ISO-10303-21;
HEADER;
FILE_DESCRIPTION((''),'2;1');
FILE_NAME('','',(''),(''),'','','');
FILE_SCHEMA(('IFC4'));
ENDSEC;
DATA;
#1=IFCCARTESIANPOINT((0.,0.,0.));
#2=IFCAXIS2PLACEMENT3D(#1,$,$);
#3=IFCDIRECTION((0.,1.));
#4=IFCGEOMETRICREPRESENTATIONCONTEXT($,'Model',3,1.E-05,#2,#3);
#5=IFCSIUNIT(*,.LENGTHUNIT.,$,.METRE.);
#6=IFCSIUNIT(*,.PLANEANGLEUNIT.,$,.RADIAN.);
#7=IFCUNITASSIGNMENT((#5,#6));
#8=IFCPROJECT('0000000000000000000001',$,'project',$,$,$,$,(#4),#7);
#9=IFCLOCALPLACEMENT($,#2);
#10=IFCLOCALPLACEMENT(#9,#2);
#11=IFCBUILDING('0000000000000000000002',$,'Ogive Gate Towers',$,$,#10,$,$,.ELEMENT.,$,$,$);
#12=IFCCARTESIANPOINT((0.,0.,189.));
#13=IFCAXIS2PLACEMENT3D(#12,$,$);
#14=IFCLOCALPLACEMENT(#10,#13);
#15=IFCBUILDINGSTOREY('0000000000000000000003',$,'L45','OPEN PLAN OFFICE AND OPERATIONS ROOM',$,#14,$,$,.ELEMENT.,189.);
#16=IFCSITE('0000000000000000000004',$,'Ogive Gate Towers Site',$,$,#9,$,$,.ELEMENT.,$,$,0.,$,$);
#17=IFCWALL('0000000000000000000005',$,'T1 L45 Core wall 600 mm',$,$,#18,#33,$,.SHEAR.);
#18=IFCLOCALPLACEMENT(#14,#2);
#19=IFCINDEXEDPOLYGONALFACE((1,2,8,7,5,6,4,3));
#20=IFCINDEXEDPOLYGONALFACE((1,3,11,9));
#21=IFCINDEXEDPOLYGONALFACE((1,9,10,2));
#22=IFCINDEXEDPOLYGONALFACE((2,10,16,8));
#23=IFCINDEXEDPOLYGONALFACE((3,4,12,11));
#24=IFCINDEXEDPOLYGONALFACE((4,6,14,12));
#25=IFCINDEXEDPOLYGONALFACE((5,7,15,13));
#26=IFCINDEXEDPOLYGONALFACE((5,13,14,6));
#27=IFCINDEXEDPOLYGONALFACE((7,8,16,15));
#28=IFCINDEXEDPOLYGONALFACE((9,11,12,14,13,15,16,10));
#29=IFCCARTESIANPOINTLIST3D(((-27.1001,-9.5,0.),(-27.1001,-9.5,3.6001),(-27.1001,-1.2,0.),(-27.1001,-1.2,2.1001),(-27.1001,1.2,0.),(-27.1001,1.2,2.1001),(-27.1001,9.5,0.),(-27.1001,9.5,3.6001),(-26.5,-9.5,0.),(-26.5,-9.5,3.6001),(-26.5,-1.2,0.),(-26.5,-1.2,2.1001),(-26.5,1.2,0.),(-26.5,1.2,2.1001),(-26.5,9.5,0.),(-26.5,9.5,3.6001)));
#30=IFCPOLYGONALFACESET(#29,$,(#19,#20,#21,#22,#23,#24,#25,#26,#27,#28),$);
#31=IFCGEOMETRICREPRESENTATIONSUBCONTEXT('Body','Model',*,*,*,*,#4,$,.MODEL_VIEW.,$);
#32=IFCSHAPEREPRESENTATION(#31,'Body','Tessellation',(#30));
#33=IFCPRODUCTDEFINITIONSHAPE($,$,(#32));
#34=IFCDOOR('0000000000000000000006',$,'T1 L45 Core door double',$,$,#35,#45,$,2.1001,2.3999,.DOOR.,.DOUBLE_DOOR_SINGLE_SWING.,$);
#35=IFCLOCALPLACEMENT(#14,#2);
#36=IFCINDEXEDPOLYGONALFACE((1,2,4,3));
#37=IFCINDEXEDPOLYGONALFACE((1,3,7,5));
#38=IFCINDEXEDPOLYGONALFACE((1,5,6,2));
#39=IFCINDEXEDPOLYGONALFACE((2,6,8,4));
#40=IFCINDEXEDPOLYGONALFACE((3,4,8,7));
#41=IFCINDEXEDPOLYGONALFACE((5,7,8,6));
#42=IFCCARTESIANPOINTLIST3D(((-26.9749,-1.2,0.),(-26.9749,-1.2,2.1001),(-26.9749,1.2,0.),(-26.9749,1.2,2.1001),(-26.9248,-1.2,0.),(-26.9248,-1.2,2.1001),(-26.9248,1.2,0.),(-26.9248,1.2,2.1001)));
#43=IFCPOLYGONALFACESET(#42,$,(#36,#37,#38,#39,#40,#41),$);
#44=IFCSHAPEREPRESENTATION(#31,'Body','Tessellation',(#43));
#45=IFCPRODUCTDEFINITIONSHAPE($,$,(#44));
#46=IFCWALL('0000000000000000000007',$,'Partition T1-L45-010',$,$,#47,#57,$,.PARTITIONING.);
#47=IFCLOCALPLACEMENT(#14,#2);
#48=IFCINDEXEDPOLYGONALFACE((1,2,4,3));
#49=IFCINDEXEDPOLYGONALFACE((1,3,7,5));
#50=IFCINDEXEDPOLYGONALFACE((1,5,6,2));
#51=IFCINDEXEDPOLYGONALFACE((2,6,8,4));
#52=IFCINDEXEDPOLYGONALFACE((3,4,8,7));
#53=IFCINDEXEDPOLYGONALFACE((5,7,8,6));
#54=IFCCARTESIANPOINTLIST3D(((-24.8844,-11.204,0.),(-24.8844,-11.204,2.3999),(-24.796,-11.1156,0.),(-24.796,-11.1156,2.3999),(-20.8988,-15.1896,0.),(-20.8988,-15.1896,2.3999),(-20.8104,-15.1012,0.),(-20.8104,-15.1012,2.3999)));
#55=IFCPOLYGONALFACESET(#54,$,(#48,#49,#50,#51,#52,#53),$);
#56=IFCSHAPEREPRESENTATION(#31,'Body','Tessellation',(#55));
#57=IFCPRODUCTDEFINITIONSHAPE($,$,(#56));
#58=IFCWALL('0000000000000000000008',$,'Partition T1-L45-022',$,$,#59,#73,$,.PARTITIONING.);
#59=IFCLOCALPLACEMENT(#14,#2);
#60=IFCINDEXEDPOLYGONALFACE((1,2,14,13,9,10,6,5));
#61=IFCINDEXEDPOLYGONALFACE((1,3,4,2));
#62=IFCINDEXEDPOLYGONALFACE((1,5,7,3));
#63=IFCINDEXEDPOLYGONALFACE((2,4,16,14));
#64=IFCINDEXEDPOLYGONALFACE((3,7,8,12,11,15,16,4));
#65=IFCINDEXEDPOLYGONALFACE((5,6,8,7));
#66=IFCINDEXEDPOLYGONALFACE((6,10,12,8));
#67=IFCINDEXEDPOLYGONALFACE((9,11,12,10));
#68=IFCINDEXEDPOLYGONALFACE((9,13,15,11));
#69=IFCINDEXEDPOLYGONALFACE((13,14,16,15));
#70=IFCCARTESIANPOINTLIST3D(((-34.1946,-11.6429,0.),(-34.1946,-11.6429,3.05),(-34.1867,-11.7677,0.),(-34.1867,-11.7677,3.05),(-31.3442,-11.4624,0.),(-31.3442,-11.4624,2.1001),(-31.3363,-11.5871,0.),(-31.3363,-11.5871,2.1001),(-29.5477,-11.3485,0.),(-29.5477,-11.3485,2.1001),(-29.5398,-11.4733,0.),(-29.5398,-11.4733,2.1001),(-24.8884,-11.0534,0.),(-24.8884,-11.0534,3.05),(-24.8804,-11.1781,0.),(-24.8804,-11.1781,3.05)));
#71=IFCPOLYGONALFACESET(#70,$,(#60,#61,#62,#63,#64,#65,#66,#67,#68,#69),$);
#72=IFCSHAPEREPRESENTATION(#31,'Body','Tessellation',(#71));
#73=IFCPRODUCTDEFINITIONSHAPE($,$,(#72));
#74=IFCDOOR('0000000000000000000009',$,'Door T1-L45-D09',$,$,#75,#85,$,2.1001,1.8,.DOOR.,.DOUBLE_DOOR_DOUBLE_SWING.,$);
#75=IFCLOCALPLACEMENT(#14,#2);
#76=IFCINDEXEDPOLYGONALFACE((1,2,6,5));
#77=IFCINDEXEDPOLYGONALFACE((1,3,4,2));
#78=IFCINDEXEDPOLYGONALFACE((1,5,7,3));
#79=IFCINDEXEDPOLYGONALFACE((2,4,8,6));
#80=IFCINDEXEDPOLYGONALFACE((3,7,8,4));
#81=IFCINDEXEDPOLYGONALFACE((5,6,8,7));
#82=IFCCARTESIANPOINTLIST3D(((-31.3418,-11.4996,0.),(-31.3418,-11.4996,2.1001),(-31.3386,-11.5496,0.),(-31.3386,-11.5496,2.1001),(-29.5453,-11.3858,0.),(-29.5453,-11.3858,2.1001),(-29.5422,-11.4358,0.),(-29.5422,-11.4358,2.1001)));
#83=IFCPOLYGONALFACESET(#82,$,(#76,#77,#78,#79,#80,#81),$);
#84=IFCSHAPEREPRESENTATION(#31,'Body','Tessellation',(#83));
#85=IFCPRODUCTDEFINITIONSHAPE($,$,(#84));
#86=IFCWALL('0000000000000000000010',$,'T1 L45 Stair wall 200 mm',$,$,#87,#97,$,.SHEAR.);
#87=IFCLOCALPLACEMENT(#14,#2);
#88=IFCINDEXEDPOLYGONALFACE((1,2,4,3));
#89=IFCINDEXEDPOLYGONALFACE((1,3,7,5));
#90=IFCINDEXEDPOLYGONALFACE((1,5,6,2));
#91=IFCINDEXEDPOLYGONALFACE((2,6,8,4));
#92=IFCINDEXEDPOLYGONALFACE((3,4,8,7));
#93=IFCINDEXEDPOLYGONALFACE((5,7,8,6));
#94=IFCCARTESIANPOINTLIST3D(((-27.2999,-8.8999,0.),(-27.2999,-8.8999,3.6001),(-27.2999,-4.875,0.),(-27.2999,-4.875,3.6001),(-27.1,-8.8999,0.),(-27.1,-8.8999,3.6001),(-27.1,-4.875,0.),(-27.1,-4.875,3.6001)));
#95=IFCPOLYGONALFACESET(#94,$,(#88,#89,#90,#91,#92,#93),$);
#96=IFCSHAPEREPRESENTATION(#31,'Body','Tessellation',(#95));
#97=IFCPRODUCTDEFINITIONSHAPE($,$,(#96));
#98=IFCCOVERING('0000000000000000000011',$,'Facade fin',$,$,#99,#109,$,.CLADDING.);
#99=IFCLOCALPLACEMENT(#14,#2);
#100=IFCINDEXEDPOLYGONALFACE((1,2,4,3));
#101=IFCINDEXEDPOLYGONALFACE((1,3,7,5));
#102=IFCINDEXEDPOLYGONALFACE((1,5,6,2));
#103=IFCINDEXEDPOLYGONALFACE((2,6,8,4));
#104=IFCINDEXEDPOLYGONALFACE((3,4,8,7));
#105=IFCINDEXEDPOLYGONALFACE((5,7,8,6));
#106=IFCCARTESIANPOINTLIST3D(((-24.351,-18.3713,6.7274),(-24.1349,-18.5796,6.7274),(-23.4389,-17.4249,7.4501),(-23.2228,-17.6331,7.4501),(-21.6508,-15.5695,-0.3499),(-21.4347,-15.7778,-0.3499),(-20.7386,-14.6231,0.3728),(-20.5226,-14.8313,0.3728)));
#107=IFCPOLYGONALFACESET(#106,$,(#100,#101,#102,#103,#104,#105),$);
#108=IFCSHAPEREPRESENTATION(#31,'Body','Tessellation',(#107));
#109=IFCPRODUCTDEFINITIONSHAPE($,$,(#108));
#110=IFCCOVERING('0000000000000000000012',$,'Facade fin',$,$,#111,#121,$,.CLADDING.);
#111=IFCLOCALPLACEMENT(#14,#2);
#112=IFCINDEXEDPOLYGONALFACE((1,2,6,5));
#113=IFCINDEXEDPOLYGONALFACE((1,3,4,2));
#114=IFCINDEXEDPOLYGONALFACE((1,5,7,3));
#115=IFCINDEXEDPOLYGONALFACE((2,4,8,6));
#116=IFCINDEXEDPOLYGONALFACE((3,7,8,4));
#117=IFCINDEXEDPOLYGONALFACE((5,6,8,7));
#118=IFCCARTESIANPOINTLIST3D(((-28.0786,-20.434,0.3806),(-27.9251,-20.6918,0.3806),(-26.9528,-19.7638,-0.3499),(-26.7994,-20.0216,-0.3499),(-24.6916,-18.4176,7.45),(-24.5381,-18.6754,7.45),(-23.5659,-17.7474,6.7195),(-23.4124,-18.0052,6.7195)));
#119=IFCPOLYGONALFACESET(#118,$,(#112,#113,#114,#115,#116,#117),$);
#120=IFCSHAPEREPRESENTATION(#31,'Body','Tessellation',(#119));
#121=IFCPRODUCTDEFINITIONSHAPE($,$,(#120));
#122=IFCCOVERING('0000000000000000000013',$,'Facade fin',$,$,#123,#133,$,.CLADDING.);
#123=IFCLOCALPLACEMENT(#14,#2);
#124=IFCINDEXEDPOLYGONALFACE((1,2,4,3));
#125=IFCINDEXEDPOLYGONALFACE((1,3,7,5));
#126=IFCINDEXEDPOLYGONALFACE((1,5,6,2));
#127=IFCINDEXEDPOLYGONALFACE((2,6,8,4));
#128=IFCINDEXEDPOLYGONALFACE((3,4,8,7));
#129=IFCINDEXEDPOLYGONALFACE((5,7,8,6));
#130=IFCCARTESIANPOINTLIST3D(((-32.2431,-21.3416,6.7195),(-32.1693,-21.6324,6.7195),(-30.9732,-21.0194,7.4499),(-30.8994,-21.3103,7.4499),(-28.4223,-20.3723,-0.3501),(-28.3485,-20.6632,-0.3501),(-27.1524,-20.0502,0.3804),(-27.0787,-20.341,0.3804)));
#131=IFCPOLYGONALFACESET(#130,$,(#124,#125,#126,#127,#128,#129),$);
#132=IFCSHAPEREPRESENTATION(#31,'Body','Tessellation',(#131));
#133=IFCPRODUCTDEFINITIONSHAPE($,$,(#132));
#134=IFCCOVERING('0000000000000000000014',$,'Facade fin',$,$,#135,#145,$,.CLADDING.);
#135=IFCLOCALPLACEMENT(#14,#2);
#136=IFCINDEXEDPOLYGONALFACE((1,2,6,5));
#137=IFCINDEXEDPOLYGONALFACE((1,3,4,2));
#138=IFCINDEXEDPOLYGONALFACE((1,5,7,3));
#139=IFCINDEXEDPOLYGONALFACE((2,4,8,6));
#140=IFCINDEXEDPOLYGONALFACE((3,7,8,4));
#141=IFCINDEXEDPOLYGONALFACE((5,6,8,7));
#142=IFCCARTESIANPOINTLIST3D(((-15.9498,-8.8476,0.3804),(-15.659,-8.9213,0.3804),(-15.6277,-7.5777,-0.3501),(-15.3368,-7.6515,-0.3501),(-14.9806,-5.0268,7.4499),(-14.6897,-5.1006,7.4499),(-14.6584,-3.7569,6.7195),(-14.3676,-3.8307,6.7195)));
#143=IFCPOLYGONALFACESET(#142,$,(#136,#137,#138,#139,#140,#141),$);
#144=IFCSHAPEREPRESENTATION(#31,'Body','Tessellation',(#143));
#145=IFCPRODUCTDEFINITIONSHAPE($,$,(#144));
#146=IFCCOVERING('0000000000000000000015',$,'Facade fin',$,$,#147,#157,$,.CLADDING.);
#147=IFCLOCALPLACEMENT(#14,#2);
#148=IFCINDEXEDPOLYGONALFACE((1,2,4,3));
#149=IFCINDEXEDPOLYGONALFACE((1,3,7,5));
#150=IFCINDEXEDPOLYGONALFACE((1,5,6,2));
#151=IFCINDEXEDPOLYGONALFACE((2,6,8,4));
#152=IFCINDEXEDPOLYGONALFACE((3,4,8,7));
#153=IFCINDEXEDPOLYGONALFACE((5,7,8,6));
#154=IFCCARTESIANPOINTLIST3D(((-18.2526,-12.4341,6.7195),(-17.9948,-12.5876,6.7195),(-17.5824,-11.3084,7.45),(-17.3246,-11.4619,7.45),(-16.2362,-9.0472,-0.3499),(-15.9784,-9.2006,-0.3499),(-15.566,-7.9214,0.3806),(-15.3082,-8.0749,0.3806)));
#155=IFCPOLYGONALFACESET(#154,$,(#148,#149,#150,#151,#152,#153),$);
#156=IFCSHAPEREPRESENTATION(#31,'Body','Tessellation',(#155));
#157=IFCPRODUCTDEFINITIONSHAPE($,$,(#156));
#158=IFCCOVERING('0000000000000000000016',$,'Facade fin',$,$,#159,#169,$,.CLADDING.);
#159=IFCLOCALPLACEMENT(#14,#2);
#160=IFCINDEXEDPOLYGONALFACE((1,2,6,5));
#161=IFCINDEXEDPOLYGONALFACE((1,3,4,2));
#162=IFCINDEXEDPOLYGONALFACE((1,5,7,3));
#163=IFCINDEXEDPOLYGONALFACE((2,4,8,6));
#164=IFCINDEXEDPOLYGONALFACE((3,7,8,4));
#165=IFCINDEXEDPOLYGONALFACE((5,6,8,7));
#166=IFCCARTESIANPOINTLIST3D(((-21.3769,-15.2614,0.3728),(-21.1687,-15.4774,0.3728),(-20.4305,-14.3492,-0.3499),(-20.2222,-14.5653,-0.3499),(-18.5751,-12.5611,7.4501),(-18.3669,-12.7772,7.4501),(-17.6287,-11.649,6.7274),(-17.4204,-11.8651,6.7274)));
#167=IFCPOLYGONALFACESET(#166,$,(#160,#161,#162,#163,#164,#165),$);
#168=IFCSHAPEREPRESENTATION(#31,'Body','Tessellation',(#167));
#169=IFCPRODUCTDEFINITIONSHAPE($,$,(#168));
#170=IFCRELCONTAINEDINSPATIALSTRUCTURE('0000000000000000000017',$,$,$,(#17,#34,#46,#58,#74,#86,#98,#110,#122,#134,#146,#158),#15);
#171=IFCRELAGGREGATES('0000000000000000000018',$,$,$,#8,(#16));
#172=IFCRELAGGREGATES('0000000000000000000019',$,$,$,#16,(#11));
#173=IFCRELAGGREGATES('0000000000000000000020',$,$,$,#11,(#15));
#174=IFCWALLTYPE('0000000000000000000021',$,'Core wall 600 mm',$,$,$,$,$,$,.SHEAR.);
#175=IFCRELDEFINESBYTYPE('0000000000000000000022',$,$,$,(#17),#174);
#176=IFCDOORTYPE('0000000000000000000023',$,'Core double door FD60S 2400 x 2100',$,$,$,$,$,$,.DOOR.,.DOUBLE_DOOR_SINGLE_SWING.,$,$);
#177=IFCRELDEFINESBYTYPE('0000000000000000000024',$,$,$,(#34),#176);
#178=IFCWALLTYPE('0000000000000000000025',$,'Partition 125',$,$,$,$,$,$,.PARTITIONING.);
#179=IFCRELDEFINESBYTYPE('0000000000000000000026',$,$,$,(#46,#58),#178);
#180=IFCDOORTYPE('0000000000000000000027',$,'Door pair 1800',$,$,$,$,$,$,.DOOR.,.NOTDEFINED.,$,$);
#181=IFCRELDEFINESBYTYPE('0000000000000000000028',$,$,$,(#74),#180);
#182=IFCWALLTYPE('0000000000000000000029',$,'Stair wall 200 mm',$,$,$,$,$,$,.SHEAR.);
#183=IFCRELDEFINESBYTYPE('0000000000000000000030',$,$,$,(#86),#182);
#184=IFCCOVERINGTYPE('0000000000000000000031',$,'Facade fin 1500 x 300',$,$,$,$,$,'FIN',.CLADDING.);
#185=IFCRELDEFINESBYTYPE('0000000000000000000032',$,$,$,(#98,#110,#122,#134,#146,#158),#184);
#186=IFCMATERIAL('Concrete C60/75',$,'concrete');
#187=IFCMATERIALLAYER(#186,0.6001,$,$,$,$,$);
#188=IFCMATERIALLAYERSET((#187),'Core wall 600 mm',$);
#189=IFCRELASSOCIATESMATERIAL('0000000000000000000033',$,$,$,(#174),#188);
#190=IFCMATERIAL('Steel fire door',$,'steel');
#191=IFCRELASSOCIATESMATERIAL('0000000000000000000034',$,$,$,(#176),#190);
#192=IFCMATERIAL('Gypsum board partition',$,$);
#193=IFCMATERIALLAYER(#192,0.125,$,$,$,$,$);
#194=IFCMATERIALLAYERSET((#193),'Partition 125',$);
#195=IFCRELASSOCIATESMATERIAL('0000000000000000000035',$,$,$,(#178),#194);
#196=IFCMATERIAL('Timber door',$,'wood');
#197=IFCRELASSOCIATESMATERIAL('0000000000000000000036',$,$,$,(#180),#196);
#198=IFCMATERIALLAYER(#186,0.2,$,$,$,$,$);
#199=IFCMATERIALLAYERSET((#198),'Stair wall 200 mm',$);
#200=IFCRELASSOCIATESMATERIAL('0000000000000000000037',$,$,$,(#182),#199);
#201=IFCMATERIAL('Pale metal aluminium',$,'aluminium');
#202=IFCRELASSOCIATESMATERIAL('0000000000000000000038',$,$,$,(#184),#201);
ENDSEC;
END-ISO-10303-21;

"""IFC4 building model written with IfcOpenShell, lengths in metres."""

from ifc_helpers import new_model, si_unit, direction, frame, frame_2d, origin, origin_2d, place, context, subcontext, project, spatial, rectangle, extrude, material, layer, layer_set, material_profile, profile_set, type_object, element, fill, save


model = new_model("IFC4")

# Units and contexts
model_context = context("Model", 3, precision=1e-05, world=origin(), true_north=direction((0.0, 1.0)))
body_context = subcontext(model_context, "Body", "Model", "MODEL_VIEW")
ifc_project = project(units=[si_unit("LENGTHUNIT", "METRE"), si_unit("PLANEANGLEUNIT", "RADIAN")], contexts=[model_context])

# Site, building, storey
site_placement = place(None, origin())
site = spatial("IfcSite", under=ifc_project, at=site_placement, Name="Ogive Gate Towers Site", CompositionType="ELEMENT", RefElevation=0.0)
building_placement = place(site_placement, origin())
building = spatial("IfcBuilding", under=site, at=building_placement, Name="Ogive Gate Towers", CompositionType="ELEMENT")
storey_placement = place(building_placement, frame((0.0, 0.0, 189.0)))
storey = spatial("IfcBuildingStorey", under=building, at=storey_placement, Name="L45", Description="OPEN PLAN OFFICE AND OPERATIONS ROOM", CompositionType="ELEMENT", Elevation=189.0)

# Shared definitions
ifc_material_1 = material(Name="Pale metal aluminium", Category="aluminium")

# Wall, opening, door
ifc_material_2 = material(Name="Concrete C60/75", Category="concrete")
ifc_layer_1 = layer(ifc_material_2, 0.6001)
ifc_layer_set_1 = layer_set([ifc_layer_1], Name="Core wall 600 mm")
wall_type_1 = type_object("IfcWallType", Name="Core wall 600 mm", PredefinedType="SHEAR", material=ifc_layer_set_1)
wall_1_placement = place(storey_placement, frame((-26.8, -9.5, 0.0), z_axis=(0.0, 0.0, 1.0), x_axis=(0.0, 1.0, 0.0)))
wall_1 = element("IfcWall", 1, at=wall_1_placement, inside=storey, type_object=wall_type_1, Name="T1 L45 Core wall 600 mm", PredefinedType="SHEAR", context=body_context, shape_type="SweptSolid", body=[
    extrude(rectangle(XDim=19.0, YDim=0.6001, at=frame_2d((9.5, 0.0))), origin(), (0.0, 0.0, 1.0), 3.6001),
])
opening_1_placement = place(wall_1_placement, frame((8.3, 0.0, 0.0)))
opening_1 = element("IfcOpeningElement", 2, at=opening_1_placement, cuts=wall_1, PredefinedType="OPENING", context=body_context, shape_type="SweptSolid", body=[
    extrude(rectangle(XDim=2.3999, YDim=2.1001, at=frame_2d((1.2, 1.05))), frame((0.0, 0.3101, 0.0), z_axis=(0.0, -1.0, 0.0), x_axis=(1.0, 0.0, 0.0)), (0.0, 0.0, 1.0), 0.6201),
])
ifc_material_3 = material(Name="Steel fire door", Category="steel")
door_type_1 = type_object("IfcDoorType", Name="Core double door FD60S 2400 x 2100", OperationType="DOUBLE_DOOR_SINGLE_SWING", PredefinedType="DOOR", material=ifc_material_3)
door_1_placement = place(opening_1_placement, origin())
door_1 = element("IfcDoor", 3, at=door_1_placement, inside=storey, type_object=door_type_1, Name="T1 L45 Core door double", OperationType="DOUBLE_DOOR_SINGLE_SWING", OverallHeight=2.1001, OverallWidth=2.3999, PredefinedType="DOOR", context=body_context, shape_type="SweptSolid", body=[
    extrude(rectangle(XDim=2.3999, YDim=2.1001, at=frame_2d((1.2, 1.05))), frame((0.0, 0.1748, 0.0), z_axis=(0.0, -1.0, 0.0), x_axis=(1.0, 0.0, 0.0)), (0.0, 0.0, 1.0), 0.05),
])
fill(opening_1, door_1)

# Wall
ifc_material_4 = material(Name="Gypsum board partition")
ifc_layer_2 = layer(ifc_material_4, 0.125)
ifc_layer_set_2 = layer_set([ifc_layer_2], Name="Partition 125")
wall_type_2 = type_object("IfcWallType", Name="Partition 125", PredefinedType="PARTITIONING", material=ifc_layer_set_2)
wall_2_placement = place(storey_placement, frame((-20.8545, -15.1455, 0.0), z_axis=(0.0, 0.0, 1.0), x_axis=(-0.707107, 0.707107, 0.0)))
element("IfcWall", 4, at=wall_2_placement, inside=storey, type_object=wall_type_2, Name="Partition T1-L45-010", PredefinedType="PARTITIONING", context=body_context, shape_type="SweptSolid", body=[
    extrude(rectangle(XDim=5.6365, YDim=0.125, at=frame_2d((2.8184, 0.0))), origin(), (0.0, 0.0, 1.0), 2.3999),
])

# Wall, opening, door
wall_3_placement = place(storey_placement, frame((-24.8843, -11.1157, 0.0), z_axis=(0.0, 0.0, 1.0), x_axis=(-0.997999, -0.063227, 0.0)))
wall_3 = element("IfcWall", 5, at=wall_3_placement, inside=storey, type_object=wall_type_2, Name="Partition T1-L45-022", PredefinedType="PARTITIONING", context=body_context, shape_type="SweptSolid", body=[
    extrude(rectangle(XDim=9.325, YDim=0.125, at=frame_2d((4.6626, 0.0))), origin(), (0.0, 0.0, 1.0), 3.05),
])
opening_2_placement = place(wall_3_placement, frame((4.6689, 0.0, 0.0)))
opening_2 = element("IfcOpeningElement", 6, at=opening_2_placement, cuts=wall_3, PredefinedType="OPENING", context=body_context, shape_type="SweptSolid", body=[
    extrude(rectangle(XDim=1.8, YDim=2.1001, at=frame_2d((0.8999, 1.05))), frame((0.0, 0.0725, 0.0), z_axis=(0.0, -1.0, 0.0), x_axis=(1.0, 0.0, 0.0)), (0.0, 0.0, 1.0), 0.145),
])
ifc_material_5 = material(Name="Timber door", Category="wood")
door_type_2 = type_object("IfcDoorType", Name="Door pair 1800", OperationType="NOTDEFINED", PredefinedType="DOOR", material=ifc_material_5)
door_2_placement = place(opening_2_placement, origin())
door_2 = element("IfcDoor", 7, at=door_2_placement, inside=storey, type_object=door_type_2, Name="Door T1-L45-D09", OperationType="DOUBLE_DOOR_DOUBLE_SWING", OverallHeight=2.1001, OverallWidth=1.8, PredefinedType="DOOR", context=body_context, shape_type="SweptSolid", body=[
    extrude(rectangle(XDim=1.8, YDim=2.1001, at=frame_2d((0.8999, 1.05))), frame((0.0, 0.0249, 0.0), z_axis=(0.0, -1.0, 0.0), x_axis=(1.0, 0.0, 0.0)), (0.0, 0.0, 1.0), 0.05),
])
fill(opening_2, door_2)

# Wall
ifc_layer_3 = layer(ifc_material_2, 0.2)
ifc_layer_set_3 = layer_set([ifc_layer_3], Name="Stair wall 200 mm")
wall_type_3 = type_object("IfcWallType", Name="Stair wall 200 mm", PredefinedType="SHEAR", material=ifc_layer_set_3)
wall_4_placement = place(storey_placement, frame((-27.2, -8.8999, 0.0), z_axis=(0.0, 0.0, 1.0), x_axis=(0.0, 1.0, 0.0)))
element("IfcWall", 8, at=wall_4_placement, inside=storey, type_object=wall_type_3, Name="T1 L45 Stair wall 200 mm", PredefinedType="SHEAR", context=body_context, shape_type="SweptSolid", body=[
    extrude(rectangle(XDim=4.0249, YDim=0.2, at=frame_2d((2.0125, 0.0))), origin(), (0.0, 0.0, 1.0), 3.6001),
])

# Coverings
ifc_material_profile_1 = material_profile(ifc_material_1, rectangle(XDim=0.3, YDim=1.5, at=origin_2d()), Name="1500 x 300 pale metal aluminium")
ifc_profile_set_1 = profile_set([ifc_material_profile_1], Name="Pale metal aluminium")
covering_type = type_object("IfcCoveringType", Name="Facade fin 1500 x 300", ElementType="FIN", PredefinedType="CLADDING", material=ifc_profile_set_1)
covering_1_placement = place(storey_placement, frame((-21.0867, -15.2004, 0.0115), z_axis=(-0.334335, -0.34691, 0.876284), x_axis=(0.720037, -0.693936, 0.0)))
element("IfcCovering", 9, at=covering_1_placement, inside=storey, type_object=covering_type, Name="Facade fin", PredefinedType="CLADDING", context=body_context, shape_type="SweptSolid", body=[
    extrude(rectangle(XDim=0.3, YDim=1.5, at=origin_2d()), origin(), (0.0, 0.0, 1.0), 8.0764),
])
covering_2_placement = place(storey_placement, frame((-27.439, -20.2278, 0.0154), z_axis=(0.418454, 0.249118, 0.873405), x_axis=(-0.511542, 0.859259, 0.0)))
element("IfcCovering", 10, at=covering_2_placement, inside=storey, type_object=covering_type, Name="Facade fin", PredefinedType="CLADDING", context=body_context, shape_type="SweptSolid", body=[
    extrude(rectangle(XDim=0.3, YDim=1.5, at=origin_2d()), origin(), (0.0, 0.0, 1.0), 8.094),
])
for number, where, z_axis, x_axis, name in (
    (11, (-27.7505, -20.3567, 0.0151), (-0.472039, -0.119744, 0.873408), (0.245886, -0.969299, 0.0), "Facade fin"),
    (12, (-15.6433, -8.2495, 0.0151), (0.119744, 0.472039, 0.873408), (-0.969299, 0.245886, 0.0), "Facade fin"),
):
    element("IfcCovering", number, at=place(storey_placement, frame(where, z_axis=z_axis, x_axis=x_axis)), inside=storey, type_object=covering_type, Name=name, PredefinedType="CLADDING", context=body_context, shape_type="SweptSolid", body=[
        extrude(rectangle(XDim=0.3, YDim=1.5, at=origin_2d()), origin(), (0.0, 0.0, 1.0), 8.0942),
    ])
covering_3_placement = place(storey_placement, frame((-15.7722, -8.561, 0.0154), z_axis=(-0.249118, -0.418454, 0.873405), x_axis=(0.859259, -0.511542, 0.0)))
element("IfcCovering", 13, at=covering_3_placement, inside=storey, type_object=covering_type, Name="Facade fin", PredefinedType="CLADDING", context=body_context, shape_type="SweptSolid", body=[
    extrude(rectangle(XDim=0.3, YDim=1.5, at=origin_2d()), origin(), (0.0, 0.0, 1.0), 8.094),
])
covering_4_placement = place(storey_placement, frame((-20.7996, -14.9133, 0.0115), z_axis=(0.34691, 0.334335, 0.876284), x_axis=(-0.693936, 0.720037, 0.0)))
element("IfcCovering", 14, at=covering_4_placement, inside=storey, type_object=covering_type, Name="Facade fin", PredefinedType="CLADDING", context=body_context, shape_type="SweptSolid", body=[
    extrude(rectangle(XDim=0.3, YDim=1.5, at=origin_2d()), origin(), (0.0, 0.0, 1.0), 8.0764),
])

save(model, "model.ifc")
